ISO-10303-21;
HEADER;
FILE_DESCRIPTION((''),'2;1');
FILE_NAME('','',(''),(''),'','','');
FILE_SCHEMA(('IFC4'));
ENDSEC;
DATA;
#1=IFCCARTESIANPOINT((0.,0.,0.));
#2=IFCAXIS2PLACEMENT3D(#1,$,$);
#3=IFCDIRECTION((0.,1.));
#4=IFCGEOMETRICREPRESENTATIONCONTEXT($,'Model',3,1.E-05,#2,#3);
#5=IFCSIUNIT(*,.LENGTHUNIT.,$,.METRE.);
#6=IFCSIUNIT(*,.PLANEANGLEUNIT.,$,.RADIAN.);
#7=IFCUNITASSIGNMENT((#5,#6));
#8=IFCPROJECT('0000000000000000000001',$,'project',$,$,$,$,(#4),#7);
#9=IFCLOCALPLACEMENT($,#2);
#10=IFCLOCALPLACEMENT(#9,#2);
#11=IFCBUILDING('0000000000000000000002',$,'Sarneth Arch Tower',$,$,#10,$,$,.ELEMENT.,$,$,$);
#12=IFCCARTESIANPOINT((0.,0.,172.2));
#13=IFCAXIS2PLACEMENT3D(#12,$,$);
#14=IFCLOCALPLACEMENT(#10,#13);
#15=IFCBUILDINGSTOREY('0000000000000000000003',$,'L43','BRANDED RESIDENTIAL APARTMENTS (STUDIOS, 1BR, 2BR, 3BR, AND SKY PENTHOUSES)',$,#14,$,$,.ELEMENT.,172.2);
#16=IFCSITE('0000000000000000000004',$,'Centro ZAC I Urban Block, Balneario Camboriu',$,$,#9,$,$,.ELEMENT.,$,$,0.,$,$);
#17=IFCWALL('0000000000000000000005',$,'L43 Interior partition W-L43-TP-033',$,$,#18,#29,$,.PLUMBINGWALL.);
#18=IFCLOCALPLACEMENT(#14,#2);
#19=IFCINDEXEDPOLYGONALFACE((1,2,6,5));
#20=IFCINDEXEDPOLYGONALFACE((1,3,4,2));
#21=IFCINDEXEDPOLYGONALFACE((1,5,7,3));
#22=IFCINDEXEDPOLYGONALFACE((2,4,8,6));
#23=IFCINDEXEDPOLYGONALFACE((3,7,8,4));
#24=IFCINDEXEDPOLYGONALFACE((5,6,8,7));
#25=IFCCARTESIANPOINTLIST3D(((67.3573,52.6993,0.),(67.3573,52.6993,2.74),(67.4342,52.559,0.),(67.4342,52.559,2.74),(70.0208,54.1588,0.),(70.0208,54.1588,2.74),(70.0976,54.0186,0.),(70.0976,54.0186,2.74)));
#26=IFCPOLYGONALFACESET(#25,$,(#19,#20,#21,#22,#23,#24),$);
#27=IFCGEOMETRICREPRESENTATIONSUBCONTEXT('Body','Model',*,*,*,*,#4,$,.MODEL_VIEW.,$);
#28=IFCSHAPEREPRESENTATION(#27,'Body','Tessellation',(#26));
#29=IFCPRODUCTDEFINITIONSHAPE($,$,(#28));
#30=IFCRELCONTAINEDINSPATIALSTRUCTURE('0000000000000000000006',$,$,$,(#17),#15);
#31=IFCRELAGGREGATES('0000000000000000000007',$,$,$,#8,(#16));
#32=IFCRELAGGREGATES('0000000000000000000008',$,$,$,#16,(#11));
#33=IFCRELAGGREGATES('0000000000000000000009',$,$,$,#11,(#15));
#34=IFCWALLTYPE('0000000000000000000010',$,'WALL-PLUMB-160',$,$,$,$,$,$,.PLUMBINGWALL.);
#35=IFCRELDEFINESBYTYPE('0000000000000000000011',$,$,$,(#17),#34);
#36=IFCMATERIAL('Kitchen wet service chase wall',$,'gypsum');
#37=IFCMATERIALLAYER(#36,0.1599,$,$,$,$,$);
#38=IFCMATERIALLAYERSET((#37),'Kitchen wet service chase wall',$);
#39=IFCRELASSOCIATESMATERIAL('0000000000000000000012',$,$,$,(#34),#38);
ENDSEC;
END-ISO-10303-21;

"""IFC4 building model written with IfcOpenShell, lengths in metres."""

from ifc_helpers import new_model, si_unit, direction, frame, frame_2d, origin, place, context, subcontext, project, spatial, rectangle, extrude, material, layer, layer_set, type_object, element, save


model = new_model("IFC4")

# Units and contexts
model_context = context("Model", 3, precision=1e-05, world=origin(), true_north=direction((0.0, 1.0)))
body_context = subcontext(model_context, "Body", "Model", "MODEL_VIEW")
ifc_project = project(units=[si_unit("LENGTHUNIT", "METRE"), si_unit("PLANEANGLEUNIT", "RADIAN")], contexts=[model_context])

# Site, building, storey
site_placement = place(None, origin())
site = spatial("IfcSite", under=ifc_project, at=site_placement, Name="Centro ZAC I Urban Block, Balneario Camboriu", CompositionType="ELEMENT", RefElevation=0.0)
building_placement = place(site_placement, origin())
building = spatial("IfcBuilding", under=site, at=building_placement, Name="Sarneth Arch Tower", CompositionType="ELEMENT")
storey_placement = place(building_placement, frame((0.0, 0.0, 172.2)))
storey = spatial("IfcBuildingStorey", under=building, at=storey_placement, Name="L43", Description="BRANDED RESIDENTIAL APARTMENTS (STUDIOS, 1BR, 2BR, 3BR, AND SKY PENTHOUSES)", CompositionType="ELEMENT", Elevation=172.2)

# Wall
ifc_material_1 = material(Name="Kitchen wet service chase wall", Category="gypsum")
ifc_layer_1 = layer(ifc_material_1, 0.1599)
ifc_layer_set_1 = layer_set([ifc_layer_1], Name="Kitchen wet service chase wall")
wall_type_1 = type_object("IfcWallType", Name="WALL-PLUMB-160", PredefinedType="PLUMBINGWALL", material=ifc_layer_set_1)
wall_1_placement = place(storey_placement, frame((67.3958, 52.6292, 0.0), z_axis=(0.0, 0.0, 1.0), x_axis=(0.87696, 0.480563, 0.0)))
element("IfcWall", 1, at=wall_1_placement, inside=storey, type_object=wall_type_1, Name="L43 Interior partition W-L43-TP-033", PredefinedType="PLUMBINGWALL", context=body_context, shape_type="SweptSolid", body=[
    extrude(rectangle(XDim=3.0371, YDim=0.1599, at=frame_2d((1.5186, 0.0))), origin(), (0.0, 0.0, 1.0), 2.74),
])

save(model, "model.ifc")
